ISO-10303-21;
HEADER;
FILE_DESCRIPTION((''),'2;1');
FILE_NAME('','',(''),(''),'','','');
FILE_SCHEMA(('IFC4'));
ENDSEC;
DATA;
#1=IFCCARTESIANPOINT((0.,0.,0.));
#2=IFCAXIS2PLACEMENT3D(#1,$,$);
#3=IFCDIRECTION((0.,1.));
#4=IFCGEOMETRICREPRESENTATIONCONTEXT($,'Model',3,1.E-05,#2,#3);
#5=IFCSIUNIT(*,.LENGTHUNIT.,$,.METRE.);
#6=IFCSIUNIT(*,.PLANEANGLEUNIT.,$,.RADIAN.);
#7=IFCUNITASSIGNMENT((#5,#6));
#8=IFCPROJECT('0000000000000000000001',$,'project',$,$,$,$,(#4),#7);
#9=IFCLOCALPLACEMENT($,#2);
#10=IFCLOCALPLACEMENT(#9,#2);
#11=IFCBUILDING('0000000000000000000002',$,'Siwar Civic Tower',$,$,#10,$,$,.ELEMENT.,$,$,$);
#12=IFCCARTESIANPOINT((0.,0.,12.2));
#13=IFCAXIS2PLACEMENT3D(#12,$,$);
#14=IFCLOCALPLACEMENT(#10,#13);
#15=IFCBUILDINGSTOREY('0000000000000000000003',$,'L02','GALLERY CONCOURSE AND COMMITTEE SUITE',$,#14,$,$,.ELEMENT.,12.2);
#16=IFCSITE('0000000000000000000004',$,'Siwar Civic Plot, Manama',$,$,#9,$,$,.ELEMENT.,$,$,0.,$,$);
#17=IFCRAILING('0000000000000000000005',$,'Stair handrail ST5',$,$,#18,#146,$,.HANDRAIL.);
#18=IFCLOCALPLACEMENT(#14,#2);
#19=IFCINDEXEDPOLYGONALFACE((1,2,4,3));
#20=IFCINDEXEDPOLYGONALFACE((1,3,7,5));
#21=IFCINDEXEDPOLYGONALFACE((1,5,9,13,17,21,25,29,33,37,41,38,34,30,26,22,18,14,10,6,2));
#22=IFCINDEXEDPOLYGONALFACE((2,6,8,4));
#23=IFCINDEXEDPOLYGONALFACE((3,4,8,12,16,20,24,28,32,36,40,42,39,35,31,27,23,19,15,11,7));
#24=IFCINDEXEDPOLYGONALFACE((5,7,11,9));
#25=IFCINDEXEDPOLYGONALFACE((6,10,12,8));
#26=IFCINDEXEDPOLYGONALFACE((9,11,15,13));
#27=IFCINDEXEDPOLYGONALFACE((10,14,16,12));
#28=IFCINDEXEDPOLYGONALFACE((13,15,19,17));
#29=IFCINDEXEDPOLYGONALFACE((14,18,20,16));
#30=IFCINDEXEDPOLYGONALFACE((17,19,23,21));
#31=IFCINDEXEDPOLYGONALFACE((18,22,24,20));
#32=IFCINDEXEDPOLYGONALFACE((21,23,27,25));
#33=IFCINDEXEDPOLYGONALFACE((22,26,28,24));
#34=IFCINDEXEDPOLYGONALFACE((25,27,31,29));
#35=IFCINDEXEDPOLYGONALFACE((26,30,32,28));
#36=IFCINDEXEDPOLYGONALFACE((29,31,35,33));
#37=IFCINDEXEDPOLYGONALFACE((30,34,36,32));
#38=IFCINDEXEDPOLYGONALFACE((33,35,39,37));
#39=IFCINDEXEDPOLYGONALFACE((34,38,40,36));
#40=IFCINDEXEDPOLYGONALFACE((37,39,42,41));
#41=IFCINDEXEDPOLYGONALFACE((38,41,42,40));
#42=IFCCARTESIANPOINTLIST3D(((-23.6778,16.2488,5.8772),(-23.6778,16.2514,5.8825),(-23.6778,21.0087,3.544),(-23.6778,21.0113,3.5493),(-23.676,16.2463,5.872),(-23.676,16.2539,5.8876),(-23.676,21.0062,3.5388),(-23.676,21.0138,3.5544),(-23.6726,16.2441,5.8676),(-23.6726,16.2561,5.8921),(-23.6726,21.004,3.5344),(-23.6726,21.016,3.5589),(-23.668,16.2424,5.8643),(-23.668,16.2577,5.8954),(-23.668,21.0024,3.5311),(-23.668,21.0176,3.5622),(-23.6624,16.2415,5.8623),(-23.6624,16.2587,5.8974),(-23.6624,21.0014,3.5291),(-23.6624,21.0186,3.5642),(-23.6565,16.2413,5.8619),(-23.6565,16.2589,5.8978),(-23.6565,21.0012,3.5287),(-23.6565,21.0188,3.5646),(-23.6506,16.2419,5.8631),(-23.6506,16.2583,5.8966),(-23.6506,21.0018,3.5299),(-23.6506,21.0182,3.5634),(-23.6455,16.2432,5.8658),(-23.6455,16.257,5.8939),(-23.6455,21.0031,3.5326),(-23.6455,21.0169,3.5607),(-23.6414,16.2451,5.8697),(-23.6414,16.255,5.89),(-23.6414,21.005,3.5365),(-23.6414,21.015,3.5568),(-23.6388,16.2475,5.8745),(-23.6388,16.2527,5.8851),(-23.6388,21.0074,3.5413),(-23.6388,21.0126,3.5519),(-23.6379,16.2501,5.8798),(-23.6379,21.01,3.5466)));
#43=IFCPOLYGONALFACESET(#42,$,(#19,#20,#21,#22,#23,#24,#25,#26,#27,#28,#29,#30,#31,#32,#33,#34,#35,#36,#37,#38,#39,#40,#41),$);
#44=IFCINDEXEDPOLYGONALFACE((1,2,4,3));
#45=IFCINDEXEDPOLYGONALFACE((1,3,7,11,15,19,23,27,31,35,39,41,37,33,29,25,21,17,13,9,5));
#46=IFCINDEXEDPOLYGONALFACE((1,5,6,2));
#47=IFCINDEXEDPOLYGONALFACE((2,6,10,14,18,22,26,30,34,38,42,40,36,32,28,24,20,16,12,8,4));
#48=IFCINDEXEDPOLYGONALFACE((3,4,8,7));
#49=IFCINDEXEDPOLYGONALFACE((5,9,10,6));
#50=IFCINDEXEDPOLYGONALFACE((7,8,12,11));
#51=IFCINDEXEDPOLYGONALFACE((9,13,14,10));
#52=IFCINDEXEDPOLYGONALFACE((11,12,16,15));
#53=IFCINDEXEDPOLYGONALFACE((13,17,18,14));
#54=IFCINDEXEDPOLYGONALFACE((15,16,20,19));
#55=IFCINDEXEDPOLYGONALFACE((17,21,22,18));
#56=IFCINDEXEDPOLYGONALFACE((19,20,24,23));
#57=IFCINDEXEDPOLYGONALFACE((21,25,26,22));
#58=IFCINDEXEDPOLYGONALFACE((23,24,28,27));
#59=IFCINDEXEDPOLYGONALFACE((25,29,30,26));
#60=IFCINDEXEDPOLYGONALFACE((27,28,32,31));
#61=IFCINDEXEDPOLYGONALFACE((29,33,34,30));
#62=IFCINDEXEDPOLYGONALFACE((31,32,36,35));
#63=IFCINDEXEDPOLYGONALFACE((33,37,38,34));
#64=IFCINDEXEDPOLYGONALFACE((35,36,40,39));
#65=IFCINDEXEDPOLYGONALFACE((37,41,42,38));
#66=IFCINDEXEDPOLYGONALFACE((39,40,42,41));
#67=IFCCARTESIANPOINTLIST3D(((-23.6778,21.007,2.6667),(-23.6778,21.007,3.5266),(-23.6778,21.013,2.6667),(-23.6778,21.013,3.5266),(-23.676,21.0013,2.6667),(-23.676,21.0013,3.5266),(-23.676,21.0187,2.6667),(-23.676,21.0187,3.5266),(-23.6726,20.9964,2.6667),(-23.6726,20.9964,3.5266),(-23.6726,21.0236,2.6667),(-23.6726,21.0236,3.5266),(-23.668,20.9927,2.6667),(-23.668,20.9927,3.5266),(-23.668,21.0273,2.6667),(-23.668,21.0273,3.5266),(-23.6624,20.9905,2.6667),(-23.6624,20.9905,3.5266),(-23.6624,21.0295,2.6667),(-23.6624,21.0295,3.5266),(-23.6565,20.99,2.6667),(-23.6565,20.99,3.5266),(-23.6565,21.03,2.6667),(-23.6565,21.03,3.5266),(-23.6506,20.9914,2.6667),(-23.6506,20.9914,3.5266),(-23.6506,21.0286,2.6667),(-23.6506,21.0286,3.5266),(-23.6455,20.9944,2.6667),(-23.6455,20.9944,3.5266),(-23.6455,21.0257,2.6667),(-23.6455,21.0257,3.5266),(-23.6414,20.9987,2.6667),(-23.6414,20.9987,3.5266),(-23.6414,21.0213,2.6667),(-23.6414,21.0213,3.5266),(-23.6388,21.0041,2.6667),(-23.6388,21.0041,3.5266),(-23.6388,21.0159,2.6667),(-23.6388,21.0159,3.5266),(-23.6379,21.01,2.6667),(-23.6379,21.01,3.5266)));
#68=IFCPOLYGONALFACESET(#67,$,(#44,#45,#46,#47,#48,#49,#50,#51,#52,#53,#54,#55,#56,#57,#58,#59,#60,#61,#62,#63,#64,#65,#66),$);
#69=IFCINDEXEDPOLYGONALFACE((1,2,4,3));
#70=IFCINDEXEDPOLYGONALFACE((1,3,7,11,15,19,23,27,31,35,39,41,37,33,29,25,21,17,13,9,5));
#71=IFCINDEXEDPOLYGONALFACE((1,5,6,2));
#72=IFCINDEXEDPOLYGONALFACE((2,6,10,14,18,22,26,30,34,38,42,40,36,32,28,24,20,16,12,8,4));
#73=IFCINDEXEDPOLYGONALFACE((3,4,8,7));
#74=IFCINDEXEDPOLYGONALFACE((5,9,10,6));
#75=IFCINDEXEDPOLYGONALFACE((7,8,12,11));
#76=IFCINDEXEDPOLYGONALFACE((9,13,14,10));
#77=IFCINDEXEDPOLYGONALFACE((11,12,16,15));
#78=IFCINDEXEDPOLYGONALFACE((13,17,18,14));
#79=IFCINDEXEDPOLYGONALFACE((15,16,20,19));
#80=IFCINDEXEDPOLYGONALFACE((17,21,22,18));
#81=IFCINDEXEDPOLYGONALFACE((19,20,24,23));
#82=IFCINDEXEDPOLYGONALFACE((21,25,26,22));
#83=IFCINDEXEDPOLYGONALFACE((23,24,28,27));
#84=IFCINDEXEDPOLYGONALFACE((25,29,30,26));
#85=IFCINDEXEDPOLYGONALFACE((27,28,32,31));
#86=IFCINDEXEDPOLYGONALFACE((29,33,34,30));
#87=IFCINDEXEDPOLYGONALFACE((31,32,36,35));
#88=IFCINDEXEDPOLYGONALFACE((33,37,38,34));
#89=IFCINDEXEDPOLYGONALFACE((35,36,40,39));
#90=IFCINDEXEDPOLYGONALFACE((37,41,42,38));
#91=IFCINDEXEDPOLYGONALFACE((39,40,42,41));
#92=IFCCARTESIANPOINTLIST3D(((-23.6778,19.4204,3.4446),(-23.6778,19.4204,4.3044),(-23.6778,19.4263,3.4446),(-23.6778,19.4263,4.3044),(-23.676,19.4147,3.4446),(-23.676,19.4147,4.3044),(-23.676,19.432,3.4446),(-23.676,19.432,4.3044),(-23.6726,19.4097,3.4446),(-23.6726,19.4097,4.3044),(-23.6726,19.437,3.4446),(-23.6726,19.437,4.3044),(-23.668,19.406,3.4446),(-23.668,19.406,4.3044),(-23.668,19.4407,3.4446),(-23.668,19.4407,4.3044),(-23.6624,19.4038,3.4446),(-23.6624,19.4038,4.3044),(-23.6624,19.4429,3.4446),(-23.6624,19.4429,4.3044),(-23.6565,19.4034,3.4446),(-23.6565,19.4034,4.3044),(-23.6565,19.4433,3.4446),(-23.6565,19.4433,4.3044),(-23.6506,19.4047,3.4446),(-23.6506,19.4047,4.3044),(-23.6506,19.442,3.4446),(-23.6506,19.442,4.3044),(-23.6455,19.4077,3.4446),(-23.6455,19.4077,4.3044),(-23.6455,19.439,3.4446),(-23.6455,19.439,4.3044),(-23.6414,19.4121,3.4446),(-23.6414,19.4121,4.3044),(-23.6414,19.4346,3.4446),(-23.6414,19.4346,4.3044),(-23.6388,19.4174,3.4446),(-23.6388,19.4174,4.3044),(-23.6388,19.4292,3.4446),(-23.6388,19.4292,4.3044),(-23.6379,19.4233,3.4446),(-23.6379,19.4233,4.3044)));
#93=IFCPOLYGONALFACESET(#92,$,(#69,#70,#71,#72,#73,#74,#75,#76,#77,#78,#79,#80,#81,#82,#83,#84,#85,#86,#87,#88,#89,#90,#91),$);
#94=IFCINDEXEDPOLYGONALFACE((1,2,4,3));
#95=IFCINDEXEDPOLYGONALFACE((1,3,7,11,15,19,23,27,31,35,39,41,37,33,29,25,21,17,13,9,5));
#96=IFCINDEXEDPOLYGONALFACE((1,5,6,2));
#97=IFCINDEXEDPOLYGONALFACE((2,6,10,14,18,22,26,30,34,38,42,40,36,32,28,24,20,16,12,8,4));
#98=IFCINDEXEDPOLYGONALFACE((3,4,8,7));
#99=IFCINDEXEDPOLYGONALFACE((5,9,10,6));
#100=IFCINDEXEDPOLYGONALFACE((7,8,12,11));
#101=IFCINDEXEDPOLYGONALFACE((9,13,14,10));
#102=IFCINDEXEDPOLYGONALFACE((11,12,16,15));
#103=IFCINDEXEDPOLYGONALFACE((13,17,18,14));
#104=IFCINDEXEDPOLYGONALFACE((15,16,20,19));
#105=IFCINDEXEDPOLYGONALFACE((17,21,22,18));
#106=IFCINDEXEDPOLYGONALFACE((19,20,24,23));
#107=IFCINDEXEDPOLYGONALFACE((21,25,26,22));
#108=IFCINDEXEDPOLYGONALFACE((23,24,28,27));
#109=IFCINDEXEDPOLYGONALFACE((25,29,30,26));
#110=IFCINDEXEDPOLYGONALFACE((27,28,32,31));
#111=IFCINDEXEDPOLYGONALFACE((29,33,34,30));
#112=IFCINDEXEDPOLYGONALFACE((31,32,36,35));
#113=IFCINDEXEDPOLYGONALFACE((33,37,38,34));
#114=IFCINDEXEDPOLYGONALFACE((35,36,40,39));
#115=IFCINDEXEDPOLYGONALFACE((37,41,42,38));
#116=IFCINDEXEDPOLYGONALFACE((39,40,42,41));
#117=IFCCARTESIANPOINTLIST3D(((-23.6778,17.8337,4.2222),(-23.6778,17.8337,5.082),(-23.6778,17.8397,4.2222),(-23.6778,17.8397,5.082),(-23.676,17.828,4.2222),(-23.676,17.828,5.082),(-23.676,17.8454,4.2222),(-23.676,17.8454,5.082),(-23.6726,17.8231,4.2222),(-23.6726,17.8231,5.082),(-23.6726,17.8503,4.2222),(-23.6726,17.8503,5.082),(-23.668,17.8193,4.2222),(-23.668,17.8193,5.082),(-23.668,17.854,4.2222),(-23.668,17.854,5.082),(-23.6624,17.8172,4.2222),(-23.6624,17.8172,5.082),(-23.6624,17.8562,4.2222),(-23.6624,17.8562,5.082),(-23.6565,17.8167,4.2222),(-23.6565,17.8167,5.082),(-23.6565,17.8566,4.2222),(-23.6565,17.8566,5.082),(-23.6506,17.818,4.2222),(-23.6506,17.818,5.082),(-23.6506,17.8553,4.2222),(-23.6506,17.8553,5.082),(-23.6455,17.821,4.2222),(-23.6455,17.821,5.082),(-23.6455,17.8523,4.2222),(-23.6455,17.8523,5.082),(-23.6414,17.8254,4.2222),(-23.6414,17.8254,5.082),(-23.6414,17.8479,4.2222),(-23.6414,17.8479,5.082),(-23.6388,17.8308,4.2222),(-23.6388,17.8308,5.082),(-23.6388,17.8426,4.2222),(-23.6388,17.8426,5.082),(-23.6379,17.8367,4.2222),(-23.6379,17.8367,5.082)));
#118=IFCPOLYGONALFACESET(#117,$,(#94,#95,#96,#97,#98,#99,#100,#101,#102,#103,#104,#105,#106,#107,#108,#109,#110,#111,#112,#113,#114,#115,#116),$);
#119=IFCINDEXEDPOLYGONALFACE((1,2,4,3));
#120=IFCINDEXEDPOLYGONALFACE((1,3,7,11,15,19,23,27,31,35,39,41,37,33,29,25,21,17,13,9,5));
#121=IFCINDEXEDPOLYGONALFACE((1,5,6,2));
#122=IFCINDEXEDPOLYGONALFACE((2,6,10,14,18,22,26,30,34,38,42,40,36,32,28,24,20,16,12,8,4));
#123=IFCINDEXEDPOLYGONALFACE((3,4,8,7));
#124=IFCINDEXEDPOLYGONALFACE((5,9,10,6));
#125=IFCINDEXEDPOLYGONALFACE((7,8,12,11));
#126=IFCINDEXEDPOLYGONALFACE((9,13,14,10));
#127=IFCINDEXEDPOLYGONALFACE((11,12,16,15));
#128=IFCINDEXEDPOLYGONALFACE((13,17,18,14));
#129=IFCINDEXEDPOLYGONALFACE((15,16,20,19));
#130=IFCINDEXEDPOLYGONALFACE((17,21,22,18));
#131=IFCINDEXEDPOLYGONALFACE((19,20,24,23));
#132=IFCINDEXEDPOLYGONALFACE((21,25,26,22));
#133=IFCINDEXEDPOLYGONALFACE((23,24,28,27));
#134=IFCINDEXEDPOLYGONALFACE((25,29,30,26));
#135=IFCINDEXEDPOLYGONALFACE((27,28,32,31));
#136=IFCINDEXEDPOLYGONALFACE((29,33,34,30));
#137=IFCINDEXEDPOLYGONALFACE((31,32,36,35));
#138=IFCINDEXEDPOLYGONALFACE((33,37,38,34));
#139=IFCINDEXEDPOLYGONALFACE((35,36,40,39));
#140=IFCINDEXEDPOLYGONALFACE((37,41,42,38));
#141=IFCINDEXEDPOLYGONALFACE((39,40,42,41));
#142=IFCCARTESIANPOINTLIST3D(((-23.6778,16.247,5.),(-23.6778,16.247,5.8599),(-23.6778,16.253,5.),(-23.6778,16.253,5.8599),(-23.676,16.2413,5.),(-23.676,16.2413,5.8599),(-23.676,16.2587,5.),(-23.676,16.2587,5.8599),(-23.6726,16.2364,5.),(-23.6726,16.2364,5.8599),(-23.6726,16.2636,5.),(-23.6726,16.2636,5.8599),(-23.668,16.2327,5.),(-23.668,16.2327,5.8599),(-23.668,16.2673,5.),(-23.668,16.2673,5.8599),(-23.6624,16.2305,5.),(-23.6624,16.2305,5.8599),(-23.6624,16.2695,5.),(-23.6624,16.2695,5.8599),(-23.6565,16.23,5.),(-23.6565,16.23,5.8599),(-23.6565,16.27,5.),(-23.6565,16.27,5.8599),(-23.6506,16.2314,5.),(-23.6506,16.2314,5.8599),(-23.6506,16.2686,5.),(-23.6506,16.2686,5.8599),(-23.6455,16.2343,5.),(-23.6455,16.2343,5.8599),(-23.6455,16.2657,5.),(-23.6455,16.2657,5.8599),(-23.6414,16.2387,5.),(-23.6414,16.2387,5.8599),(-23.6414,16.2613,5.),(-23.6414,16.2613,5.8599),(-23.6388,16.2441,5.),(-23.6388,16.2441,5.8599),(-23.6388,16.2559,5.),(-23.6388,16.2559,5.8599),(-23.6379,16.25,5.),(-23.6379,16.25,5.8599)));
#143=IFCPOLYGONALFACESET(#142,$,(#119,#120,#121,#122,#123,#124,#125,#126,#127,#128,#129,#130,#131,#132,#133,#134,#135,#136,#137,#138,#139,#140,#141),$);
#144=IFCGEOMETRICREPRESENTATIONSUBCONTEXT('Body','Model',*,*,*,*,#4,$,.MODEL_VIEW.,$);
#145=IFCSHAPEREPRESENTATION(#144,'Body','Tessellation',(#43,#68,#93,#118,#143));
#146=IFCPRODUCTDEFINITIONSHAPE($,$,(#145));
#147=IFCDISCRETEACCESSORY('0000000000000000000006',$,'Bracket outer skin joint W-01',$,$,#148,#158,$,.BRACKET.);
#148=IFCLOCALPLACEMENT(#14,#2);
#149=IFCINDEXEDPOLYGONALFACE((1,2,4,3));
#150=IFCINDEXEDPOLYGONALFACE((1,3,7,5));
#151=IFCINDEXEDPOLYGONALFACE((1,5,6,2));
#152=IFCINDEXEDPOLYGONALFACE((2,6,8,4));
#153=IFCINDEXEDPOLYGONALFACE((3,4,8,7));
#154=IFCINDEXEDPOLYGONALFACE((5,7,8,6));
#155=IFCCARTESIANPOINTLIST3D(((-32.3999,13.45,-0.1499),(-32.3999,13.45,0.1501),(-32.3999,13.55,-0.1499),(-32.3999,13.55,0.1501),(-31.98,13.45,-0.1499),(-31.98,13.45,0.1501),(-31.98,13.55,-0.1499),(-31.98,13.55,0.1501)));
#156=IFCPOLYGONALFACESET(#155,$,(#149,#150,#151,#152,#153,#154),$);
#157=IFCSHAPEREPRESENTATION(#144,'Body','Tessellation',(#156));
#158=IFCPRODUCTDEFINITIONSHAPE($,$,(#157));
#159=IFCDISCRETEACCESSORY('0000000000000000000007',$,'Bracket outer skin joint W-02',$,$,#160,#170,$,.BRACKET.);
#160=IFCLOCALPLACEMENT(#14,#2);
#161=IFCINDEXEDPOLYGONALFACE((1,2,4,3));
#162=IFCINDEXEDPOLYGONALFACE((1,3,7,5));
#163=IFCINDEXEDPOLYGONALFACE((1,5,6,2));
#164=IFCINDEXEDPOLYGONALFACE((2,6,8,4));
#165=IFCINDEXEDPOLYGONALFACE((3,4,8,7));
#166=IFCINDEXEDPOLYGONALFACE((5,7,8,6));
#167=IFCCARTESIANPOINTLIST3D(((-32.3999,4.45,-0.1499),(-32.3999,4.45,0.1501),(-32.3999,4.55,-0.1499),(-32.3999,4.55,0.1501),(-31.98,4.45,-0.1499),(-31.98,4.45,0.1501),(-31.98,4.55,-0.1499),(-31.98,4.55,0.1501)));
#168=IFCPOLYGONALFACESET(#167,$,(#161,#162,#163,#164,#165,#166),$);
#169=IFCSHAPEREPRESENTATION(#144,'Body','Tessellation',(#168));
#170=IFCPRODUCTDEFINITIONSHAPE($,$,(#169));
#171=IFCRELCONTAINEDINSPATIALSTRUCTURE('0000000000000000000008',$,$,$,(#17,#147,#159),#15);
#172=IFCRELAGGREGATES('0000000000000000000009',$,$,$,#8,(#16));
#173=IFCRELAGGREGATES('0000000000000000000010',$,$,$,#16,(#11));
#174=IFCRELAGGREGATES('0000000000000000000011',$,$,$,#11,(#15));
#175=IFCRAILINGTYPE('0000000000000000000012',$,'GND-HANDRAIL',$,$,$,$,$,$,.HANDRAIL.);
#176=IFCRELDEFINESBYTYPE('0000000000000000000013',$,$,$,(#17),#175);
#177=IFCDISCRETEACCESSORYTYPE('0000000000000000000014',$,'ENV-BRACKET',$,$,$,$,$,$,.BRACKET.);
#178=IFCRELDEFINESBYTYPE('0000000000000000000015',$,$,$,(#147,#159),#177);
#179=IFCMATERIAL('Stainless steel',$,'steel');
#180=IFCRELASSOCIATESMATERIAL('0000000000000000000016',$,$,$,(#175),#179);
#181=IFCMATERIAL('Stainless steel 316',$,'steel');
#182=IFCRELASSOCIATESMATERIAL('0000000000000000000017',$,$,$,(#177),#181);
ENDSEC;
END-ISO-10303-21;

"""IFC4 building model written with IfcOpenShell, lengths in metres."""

from ifc_helpers import new_model, si_unit, direction, frame, origin, origin_2d, place, context, subcontext, project, spatial, rectangle, circle, extrude, material, type_object, element, save


model = new_model("IFC4")

# Units and contexts
model_context = context("Model", 3, precision=1e-05, world=origin(), true_north=direction((0.0, 1.0)))
body_context = subcontext(model_context, "Body", "Model", "MODEL_VIEW")
ifc_project = project(units=[si_unit("LENGTHUNIT", "METRE"), si_unit("PLANEANGLEUNIT", "RADIAN")], contexts=[model_context])

# Site, building, storey
site_placement = place(None, origin())
site = spatial("IfcSite", under=ifc_project, at=site_placement, Name="Siwar Civic Plot, Manama", CompositionType="ELEMENT", RefElevation=0.0)
building_placement = place(site_placement, origin())
building = spatial("IfcBuilding", under=site, at=building_placement, Name="Siwar Civic Tower", CompositionType="ELEMENT")
storey_placement = place(building_placement, frame((0.0, 0.0, 12.2)))
storey = spatial("IfcBuildingStorey", under=building, at=storey_placement, Name="L02", Description="GALLERY CONCOURSE AND COMMITTEE SUITE", CompositionType="ELEMENT", Elevation=12.2)

# Railing
ifc_material_1 = material(Name="Stainless steel", Category="steel")
railing_type = type_object("IfcRailingType", Name="GND-HANDRAIL", PredefinedType="HANDRAIL", material=ifc_material_1)
railing_1_placement = place(storey_placement, frame((-23.658, 21.01, 2.6667)))
element("IfcRailing", 1, at=railing_1_placement, inside=storey, type_object=railing_type, Name="Stair handrail ST5", PredefinedType="HANDRAIL", context=body_context, shape_type="SweptSolid", body=[
    extrude(circle(Radius=0.02, at=origin_2d()), frame((0.0, 0.0, 0.8799), z_axis=(0.0, -0.897927, 0.440144), x_axis=(1.0, 0.0, 0.0)), (0.0, 0.0, 1.0), 5.301),
    extrude(circle(Radius=0.02, at=origin_2d()), origin(), (0.0, 0.0, 1.0), 0.8599),
    extrude(circle(Radius=0.02, at=origin_2d()), frame((0.0, -1.5867, 0.7778)), (0.0, 0.0, 1.0), 0.8599),
    extrude(circle(Radius=0.02, at=origin_2d()), frame((0.0, -3.1733, 1.5554)), (0.0, 0.0, 1.0), 0.8599),
    extrude(circle(Radius=0.02, at=origin_2d()), frame((0.0, -4.76, 2.3333)), (0.0, 0.0, 1.0), 0.8599),
])

# Discrete accessories
ifc_material_2 = material(Name="Stainless steel 316", Category="steel")
discrete_accessory_type = type_object("IfcDiscreteAccessoryType", Name="ENV-BRACKET", PredefinedType="BRACKET", material=ifc_material_2)
for number, where, z_axis, x_axis, name in (
    (2, (-32.1899, 13.5, -0.1499), (0.0, 0.0, 1.0), (-1.0, 0.0, 0.0), "Bracket outer skin joint W-01"),
    (3, (-32.1899, 4.5, -0.1499), (0.0, 0.0, 1.0), (-1.0, 0.0, 0.0), "Bracket outer skin joint W-02"),
):
    element("IfcDiscreteAccessory", number, at=place(storey_placement, frame(where, z_axis=z_axis, x_axis=x_axis)), inside=storey, type_object=discrete_accessory_type, Name=name, PredefinedType="BRACKET", context=body_context, shape_type="SweptSolid", body=[
        extrude(rectangle(XDim=0.4199, YDim=0.1001, at=origin_2d()), origin(), (0.0, 0.0, 1.0), 0.3),
    ])

save(model, "model.ifc")
